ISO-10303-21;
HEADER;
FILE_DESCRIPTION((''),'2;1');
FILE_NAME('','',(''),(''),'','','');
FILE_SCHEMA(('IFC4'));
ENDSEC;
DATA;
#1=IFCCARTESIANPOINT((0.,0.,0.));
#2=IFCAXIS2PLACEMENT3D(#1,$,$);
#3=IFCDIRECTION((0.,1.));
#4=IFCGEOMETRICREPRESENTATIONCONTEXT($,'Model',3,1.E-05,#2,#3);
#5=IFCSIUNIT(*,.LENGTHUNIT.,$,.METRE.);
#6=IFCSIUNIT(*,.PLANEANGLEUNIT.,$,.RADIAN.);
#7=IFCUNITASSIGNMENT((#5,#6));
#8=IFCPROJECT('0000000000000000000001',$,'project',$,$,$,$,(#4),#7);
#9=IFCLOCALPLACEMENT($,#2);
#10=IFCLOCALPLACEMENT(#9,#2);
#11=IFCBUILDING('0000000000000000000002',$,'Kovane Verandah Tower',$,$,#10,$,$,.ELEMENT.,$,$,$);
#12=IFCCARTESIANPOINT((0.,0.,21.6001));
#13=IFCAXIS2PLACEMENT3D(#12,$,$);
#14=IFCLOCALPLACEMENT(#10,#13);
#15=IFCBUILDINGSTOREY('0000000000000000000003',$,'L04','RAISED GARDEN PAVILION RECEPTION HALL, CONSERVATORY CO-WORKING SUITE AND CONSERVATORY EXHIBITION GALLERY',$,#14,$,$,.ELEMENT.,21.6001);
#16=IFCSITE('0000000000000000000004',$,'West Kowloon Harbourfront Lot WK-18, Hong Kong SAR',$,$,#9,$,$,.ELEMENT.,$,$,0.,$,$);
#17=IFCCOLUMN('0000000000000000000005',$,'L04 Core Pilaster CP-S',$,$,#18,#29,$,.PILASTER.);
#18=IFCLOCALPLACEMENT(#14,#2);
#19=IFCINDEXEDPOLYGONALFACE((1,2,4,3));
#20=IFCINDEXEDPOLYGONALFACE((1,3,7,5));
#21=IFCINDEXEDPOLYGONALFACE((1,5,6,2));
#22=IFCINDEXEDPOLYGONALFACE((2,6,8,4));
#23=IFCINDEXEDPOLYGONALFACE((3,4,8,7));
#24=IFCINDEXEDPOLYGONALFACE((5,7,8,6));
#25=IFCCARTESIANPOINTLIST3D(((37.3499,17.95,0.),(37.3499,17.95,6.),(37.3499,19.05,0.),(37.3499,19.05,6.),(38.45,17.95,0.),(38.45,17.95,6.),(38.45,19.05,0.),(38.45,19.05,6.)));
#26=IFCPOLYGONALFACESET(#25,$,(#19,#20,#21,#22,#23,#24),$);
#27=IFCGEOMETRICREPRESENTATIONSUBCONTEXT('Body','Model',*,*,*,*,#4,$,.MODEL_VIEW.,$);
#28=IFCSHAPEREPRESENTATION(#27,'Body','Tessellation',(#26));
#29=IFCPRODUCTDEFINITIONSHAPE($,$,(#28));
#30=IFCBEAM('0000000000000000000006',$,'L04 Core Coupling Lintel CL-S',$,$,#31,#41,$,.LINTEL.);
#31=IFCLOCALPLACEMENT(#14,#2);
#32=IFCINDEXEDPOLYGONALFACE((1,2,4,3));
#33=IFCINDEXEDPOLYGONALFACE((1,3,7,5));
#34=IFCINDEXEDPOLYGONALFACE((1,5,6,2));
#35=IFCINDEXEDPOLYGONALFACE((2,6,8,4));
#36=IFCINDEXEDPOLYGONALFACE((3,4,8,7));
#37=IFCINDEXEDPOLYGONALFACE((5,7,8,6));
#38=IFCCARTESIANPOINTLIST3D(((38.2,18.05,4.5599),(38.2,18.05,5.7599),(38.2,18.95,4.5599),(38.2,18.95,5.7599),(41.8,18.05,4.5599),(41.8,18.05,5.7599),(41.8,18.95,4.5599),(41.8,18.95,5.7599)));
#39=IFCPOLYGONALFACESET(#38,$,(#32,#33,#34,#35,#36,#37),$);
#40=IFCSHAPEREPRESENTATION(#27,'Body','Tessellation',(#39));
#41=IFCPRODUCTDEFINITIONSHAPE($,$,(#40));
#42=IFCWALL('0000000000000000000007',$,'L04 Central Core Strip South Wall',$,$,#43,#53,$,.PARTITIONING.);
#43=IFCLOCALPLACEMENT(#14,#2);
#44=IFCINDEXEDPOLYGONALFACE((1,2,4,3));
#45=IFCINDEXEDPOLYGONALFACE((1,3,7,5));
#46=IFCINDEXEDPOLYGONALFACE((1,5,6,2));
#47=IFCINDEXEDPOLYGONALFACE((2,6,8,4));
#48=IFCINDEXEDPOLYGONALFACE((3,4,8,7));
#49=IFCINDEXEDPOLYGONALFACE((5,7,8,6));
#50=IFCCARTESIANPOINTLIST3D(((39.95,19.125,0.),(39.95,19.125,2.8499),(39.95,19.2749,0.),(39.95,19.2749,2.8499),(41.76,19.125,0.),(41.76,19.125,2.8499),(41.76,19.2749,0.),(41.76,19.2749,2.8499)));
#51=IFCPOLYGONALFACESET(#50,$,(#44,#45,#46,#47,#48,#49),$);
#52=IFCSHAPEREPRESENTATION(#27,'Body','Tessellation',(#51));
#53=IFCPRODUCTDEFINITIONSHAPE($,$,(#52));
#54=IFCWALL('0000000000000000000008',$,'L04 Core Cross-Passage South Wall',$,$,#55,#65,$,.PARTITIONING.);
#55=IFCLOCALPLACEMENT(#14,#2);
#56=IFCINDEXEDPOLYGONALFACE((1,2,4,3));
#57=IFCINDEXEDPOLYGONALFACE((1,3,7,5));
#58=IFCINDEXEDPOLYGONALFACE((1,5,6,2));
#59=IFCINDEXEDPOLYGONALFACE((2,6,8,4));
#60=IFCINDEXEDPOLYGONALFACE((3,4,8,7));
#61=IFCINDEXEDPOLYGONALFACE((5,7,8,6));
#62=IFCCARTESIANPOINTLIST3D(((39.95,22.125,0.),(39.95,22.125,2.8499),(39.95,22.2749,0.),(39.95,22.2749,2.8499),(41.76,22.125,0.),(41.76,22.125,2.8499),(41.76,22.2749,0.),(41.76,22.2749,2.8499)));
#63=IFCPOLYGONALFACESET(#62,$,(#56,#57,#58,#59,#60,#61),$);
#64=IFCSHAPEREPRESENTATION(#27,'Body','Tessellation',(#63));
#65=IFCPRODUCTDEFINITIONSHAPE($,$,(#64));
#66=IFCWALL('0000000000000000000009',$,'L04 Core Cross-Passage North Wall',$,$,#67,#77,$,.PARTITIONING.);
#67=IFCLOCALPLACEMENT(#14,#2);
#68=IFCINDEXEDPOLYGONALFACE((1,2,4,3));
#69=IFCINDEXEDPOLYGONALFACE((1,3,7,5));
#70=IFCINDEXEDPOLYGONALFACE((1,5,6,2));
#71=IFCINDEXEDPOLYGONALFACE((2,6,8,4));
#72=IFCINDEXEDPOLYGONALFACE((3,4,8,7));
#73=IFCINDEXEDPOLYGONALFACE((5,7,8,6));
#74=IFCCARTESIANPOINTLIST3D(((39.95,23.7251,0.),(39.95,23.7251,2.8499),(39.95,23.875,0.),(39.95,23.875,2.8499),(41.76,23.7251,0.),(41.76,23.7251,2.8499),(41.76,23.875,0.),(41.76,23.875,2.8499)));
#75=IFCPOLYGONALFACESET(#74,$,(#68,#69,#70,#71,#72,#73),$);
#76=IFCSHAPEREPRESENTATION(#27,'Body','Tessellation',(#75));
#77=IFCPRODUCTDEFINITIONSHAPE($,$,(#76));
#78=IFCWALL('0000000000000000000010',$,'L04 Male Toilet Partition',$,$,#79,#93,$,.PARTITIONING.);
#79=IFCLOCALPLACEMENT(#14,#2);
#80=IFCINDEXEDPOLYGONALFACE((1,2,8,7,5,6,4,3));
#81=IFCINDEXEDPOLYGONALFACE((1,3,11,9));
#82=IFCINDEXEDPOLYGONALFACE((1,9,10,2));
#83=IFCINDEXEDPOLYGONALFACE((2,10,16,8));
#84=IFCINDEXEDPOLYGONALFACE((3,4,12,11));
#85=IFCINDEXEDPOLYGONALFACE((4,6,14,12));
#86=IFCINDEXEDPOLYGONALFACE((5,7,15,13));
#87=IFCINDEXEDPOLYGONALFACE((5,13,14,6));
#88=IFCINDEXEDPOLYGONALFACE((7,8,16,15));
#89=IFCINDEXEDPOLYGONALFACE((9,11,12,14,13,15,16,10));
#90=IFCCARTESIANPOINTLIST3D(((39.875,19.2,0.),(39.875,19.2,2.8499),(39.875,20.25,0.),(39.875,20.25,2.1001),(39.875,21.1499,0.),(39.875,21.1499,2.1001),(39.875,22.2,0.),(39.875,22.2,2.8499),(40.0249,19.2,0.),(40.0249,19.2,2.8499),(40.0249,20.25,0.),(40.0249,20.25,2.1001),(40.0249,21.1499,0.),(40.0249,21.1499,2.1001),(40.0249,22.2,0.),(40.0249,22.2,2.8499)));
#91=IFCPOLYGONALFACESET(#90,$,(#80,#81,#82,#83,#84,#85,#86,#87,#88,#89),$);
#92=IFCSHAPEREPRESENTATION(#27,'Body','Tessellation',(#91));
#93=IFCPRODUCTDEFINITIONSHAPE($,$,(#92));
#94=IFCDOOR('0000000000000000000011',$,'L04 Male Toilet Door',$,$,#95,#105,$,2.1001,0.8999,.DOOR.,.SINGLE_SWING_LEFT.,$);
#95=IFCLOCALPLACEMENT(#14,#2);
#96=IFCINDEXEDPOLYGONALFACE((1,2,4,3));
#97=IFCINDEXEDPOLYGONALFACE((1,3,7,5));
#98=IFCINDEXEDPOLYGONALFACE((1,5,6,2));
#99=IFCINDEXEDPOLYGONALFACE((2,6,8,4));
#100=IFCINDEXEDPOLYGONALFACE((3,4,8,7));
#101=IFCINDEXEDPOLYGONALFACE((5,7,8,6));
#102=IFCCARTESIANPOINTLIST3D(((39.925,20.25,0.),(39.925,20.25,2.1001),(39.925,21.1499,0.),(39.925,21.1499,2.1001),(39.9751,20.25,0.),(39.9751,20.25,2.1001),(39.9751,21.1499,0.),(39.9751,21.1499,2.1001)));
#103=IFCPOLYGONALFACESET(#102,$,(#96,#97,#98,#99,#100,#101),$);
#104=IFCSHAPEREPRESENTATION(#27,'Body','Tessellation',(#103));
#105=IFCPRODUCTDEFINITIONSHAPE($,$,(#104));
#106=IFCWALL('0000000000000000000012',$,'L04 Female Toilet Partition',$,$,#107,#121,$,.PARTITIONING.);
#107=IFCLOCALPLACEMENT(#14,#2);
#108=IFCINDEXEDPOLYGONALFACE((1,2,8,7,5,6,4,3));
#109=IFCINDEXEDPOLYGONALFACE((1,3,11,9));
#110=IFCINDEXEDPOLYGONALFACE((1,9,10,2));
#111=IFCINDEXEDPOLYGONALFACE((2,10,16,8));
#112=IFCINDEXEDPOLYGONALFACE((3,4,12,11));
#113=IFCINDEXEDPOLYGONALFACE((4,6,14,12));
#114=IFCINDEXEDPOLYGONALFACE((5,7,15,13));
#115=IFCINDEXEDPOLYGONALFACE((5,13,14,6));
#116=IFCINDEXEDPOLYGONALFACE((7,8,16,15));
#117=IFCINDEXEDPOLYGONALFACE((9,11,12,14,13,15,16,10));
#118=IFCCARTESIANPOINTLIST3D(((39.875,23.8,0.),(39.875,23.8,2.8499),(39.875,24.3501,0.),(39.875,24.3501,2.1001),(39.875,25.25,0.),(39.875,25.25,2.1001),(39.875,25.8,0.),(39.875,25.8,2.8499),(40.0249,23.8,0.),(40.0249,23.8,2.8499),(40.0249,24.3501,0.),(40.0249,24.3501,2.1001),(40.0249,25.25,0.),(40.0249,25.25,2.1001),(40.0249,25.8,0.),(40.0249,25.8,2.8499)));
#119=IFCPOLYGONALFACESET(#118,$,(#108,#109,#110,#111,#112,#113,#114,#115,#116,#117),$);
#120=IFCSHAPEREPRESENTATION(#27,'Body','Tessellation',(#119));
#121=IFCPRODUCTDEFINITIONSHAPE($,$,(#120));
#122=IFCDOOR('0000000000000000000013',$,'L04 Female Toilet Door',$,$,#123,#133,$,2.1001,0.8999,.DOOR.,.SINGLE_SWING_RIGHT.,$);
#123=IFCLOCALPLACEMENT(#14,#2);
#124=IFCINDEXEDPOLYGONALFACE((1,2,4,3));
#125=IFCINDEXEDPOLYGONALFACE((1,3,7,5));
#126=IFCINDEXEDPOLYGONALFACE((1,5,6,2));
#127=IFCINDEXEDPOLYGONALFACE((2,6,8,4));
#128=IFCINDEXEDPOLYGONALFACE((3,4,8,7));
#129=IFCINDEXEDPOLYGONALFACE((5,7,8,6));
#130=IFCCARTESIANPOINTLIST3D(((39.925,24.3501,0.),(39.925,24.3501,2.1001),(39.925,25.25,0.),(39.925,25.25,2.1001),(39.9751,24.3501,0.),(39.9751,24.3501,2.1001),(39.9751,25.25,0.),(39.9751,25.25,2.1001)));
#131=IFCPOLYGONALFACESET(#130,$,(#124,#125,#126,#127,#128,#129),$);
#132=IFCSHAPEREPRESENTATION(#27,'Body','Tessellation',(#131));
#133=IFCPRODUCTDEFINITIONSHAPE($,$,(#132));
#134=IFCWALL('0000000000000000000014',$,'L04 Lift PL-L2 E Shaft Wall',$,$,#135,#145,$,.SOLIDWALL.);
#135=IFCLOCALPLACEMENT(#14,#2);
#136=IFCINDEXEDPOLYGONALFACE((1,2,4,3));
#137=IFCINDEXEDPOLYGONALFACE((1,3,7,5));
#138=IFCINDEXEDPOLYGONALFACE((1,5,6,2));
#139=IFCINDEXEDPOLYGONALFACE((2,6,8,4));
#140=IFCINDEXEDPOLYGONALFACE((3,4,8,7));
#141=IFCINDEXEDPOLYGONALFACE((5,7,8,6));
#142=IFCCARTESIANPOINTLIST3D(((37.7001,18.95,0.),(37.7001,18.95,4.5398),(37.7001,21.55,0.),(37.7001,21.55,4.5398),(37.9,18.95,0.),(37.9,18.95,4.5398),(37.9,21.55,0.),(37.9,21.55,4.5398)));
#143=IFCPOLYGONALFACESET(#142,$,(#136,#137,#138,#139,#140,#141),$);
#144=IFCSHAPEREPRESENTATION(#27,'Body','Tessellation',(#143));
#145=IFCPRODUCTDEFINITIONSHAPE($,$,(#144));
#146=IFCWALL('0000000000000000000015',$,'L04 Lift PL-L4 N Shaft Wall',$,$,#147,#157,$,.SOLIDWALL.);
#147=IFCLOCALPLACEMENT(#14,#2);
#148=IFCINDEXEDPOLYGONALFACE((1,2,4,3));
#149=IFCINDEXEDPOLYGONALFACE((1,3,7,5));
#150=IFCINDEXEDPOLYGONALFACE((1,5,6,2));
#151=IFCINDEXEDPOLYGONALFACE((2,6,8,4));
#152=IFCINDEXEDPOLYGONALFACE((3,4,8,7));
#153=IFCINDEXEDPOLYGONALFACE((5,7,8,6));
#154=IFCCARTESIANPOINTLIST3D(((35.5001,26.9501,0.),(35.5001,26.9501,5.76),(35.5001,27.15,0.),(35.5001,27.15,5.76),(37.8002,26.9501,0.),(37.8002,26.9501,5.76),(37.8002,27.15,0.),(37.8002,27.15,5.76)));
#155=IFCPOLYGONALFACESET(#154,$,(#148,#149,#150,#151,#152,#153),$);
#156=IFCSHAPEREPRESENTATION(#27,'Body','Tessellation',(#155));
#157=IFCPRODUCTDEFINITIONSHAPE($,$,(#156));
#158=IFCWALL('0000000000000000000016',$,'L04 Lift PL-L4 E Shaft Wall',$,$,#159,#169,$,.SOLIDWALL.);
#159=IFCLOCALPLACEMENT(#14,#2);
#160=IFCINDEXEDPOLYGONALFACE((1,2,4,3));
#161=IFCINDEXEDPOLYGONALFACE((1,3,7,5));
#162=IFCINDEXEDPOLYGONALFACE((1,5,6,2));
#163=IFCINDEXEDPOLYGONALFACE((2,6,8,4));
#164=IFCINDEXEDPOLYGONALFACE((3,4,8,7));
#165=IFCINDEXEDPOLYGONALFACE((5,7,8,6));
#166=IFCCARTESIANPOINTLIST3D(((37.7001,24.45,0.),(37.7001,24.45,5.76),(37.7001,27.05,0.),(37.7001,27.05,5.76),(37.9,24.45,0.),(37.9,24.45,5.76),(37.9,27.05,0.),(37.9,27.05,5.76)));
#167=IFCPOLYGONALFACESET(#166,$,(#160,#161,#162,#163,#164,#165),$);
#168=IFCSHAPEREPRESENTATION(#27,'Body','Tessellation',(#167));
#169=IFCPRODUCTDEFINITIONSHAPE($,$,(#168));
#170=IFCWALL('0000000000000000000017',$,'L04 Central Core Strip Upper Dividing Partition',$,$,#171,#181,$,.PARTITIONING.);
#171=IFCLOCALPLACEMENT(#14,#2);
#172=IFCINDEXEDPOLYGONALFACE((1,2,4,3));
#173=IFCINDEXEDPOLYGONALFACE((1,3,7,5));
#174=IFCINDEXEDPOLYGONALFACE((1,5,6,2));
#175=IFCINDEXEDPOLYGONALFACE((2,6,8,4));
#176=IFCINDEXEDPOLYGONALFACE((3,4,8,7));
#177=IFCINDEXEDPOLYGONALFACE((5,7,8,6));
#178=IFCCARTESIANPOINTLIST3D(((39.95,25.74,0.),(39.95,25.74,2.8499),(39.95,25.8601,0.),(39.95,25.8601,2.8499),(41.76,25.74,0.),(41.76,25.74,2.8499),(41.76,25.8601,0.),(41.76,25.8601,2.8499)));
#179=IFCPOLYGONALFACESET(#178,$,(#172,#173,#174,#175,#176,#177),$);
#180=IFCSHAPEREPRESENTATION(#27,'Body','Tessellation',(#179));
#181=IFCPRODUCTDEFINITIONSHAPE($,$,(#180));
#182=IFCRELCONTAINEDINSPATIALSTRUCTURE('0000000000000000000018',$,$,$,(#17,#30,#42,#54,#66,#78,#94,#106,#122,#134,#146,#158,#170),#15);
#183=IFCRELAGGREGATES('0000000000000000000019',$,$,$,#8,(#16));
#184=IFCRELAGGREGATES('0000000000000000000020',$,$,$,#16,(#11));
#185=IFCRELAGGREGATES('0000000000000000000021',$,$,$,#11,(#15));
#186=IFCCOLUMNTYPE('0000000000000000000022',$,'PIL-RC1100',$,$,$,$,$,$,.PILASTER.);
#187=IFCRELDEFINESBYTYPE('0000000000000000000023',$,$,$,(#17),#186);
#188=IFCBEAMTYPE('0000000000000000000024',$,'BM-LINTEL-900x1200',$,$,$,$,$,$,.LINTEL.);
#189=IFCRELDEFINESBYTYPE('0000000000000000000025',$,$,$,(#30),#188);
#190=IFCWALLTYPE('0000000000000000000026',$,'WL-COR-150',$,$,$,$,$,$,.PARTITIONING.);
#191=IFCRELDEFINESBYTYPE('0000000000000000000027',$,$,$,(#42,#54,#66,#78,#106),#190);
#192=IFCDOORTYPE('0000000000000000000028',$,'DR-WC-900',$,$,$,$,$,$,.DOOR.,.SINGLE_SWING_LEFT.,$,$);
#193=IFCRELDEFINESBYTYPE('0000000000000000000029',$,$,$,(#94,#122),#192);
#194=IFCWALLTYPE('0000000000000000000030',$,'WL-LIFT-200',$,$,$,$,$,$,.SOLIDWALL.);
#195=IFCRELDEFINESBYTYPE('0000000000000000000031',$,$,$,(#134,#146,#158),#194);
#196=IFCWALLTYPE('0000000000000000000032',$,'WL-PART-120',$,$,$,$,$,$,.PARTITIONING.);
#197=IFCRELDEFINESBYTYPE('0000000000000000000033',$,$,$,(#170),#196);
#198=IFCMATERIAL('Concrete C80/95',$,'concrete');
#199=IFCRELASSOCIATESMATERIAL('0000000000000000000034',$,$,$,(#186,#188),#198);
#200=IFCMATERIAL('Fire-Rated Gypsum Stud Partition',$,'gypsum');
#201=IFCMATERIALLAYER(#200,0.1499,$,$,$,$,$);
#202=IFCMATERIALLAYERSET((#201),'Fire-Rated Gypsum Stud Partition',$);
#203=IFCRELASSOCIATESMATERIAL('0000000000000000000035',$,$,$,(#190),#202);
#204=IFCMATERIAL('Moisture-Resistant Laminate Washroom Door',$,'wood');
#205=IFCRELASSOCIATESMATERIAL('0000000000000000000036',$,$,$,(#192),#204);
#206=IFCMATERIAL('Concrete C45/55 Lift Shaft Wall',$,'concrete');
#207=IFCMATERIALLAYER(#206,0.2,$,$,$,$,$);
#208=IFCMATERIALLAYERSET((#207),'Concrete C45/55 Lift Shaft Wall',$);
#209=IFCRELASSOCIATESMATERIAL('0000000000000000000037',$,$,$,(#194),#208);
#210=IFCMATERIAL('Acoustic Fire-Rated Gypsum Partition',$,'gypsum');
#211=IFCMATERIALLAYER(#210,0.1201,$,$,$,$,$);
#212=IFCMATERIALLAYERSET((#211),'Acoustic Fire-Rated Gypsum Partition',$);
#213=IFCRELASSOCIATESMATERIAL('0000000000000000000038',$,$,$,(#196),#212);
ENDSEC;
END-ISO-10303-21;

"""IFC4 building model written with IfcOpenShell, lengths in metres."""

from ifc_helpers import new_model, si_unit, direction, frame, frame_2d, origin, origin_2d, place, context, subcontext, project, spatial, rectangle, extrude, material, layer, layer_set, material_profile, profile_set, type_object, element, fill, save


model = new_model("IFC4")

# Units and contexts
model_context = context("Model", 3, precision=1e-05, world=origin(), true_north=direction((0.0, 1.0)))
body_context = subcontext(model_context, "Body", "Model", "MODEL_VIEW")
ifc_project = project(units=[si_unit("LENGTHUNIT", "METRE"), si_unit("PLANEANGLEUNIT", "RADIAN")], contexts=[model_context])

# Site, building, storey
site_placement = place(None, origin())
site = spatial("IfcSite", under=ifc_project, at=site_placement, Name="West Kowloon Harbourfront Lot WK-18, Hong Kong SAR", CompositionType="ELEMENT", RefElevation=0.0)
building_placement = place(site_placement, origin())
building = spatial("IfcBuilding", under=site, at=building_placement, Name="Kovane Verandah Tower", CompositionType="ELEMENT")
storey_placement = place(building_placement, frame((0.0, 0.0, 21.6001)))
storey = spatial("IfcBuildingStorey", under=building, at=storey_placement, Name="L04", Description="RAISED GARDEN PAVILION RECEPTION HALL, CONSERVATORY CO-WORKING SUITE AND CONSERVATORY EXHIBITION GALLERY", CompositionType="ELEMENT", Elevation=21.6001)

# Column
ifc_material_1 = material(Name="Concrete C80/95", Category="concrete")
ifc_material_profile_1 = material_profile(ifc_material_1, rectangle(XDim=1.1001, YDim=1.1001, at=origin_2d()), Name="RC1100x1100")
ifc_profile_set_1 = profile_set([ifc_material_profile_1], Name="Concrete C80/95")
column_type = type_object("IfcColumnType", Name="PIL-RC1100", PredefinedType="PILASTER", material=ifc_profile_set_1)
column_placement = place(storey_placement, frame((37.8999, 18.5, 0.0), z_axis=(0.0, 0.0, 1.0), x_axis=(1.0, 0.0, 0.0)))
element("IfcColumn", 1, at=column_placement, inside=storey, type_object=column_type, Name="L04 Core Pilaster CP-S", PredefinedType="PILASTER", context=body_context, shape_type="SweptSolid", body=[
    extrude(rectangle(XDim=1.1001, YDim=1.1001, at=origin_2d()), origin(), (0.0, 0.0, 1.0), 6.0),
])

# Beam
ifc_material_profile_2 = material_profile(ifc_material_1, rectangle(XDim=0.8999, YDim=1.2, at=origin_2d()), Name="RCB900x1200")
ifc_profile_set_2 = profile_set([ifc_material_profile_2], Name="Concrete C80/95")
beam_type = type_object("IfcBeamType", Name="BM-LINTEL-900x1200", PredefinedType="LINTEL", material=ifc_profile_set_2)
beam_placement = place(storey_placement, frame((38.2, 18.5, 5.1599), z_axis=(1.0, 0.0, 0.0), x_axis=(0.0, 1.0, 0.0)))
element("IfcBeam", 2, at=beam_placement, inside=storey, type_object=beam_type, Name="L04 Core Coupling Lintel CL-S", PredefinedType="LINTEL", context=body_context, shape_type="SweptSolid", body=[
    extrude(rectangle(XDim=0.8999, YDim=1.2, at=origin_2d()), origin(), (0.0, 0.0, 1.0), 3.6001),
])

# Walls
ifc_material_2 = material(Name="Fire-Rated Gypsum Stud Partition", Category="gypsum")
ifc_layer_1 = layer(ifc_material_2, 0.1499)
ifc_layer_set_1 = layer_set([ifc_layer_1], Name="Fire-Rated Gypsum Stud Partition")
wall_type_1 = type_object("IfcWallType", Name="WL-COR-150", PredefinedType="PARTITIONING", material=ifc_layer_set_1)
for number, where, z_axis, x_axis, name in (
    (3, (39.95, 19.2, 0.0), (0.0, 0.0, 1.0), (1.0, 0.0, 0.0), "L04 Central Core Strip South Wall"),
    (4, (39.95, 22.2, 0.0), (0.0, 0.0, 1.0), (1.0, 0.0, 0.0), "L04 Core Cross-Passage South Wall"),
    (5, (39.95, 23.8, 0.0), (0.0, 0.0, 1.0), (1.0, 0.0, 0.0), "L04 Core Cross-Passage North Wall"),
):
    element("IfcWall", number, at=place(storey_placement, frame(where, z_axis=z_axis, x_axis=x_axis)), inside=storey, type_object=wall_type_1, Name=name, PredefinedType="PARTITIONING", context=body_context, shape_type="SweptSolid", body=[
        extrude(rectangle(XDim=1.8101, YDim=0.1499, at=frame_2d((0.905, 0.0))), origin(), (0.0, 0.0, 1.0), 2.8499),
    ])

# Walls, openings, doors
wall_1_placement = place(storey_placement, frame((39.95, 19.2, 0.0), z_axis=(0.0, 0.0, 1.0), x_axis=(0.0, 1.0, 0.0)))
wall_1 = element("IfcWall", 6, at=wall_1_placement, inside=storey, type_object=wall_type_1, Name="L04 Male Toilet Partition", PredefinedType="PARTITIONING", context=body_context, shape_type="SweptSolid", body=[
    extrude(rectangle(XDim=3.0, YDim=0.1499, at=frame_2d((1.5, 0.0))), origin(), (0.0, 0.0, 1.0), 2.8499),
])
opening_1_placement = place(wall_1_placement, frame((1.05, 0.0, 0.0)))
opening_1 = element("IfcOpeningElement", 7, at=opening_1_placement, cuts=wall_1, PredefinedType="OPENING", context=body_context, shape_type="SweptSolid", body=[
    extrude(rectangle(XDim=0.8999, YDim=2.1001, at=frame_2d((0.45, 1.05))), frame((0.0, 0.075, 0.0), z_axis=(0.0, -1.0, 0.0), x_axis=(1.0, 0.0, 0.0)), (0.0, 0.0, 1.0), 0.1499),
])
ifc_material_3 = material(Name="Moisture-Resistant Laminate Washroom Door", Category="wood")
door_type_1 = type_object("IfcDoorType", Name="DR-WC-900", OperationType="SINGLE_SWING_LEFT", PredefinedType="DOOR", material=ifc_material_3)
door_1_placement = place(opening_1_placement, origin())
door_1 = element("IfcDoor", 8, at=door_1_placement, inside=storey, type_object=door_type_1, Name="L04 Male Toilet Door", OperationType="SINGLE_SWING_LEFT", OverallHeight=2.1001, OverallWidth=0.8999, PredefinedType="DOOR", context=body_context, shape_type="SweptSolid", body=[
    extrude(rectangle(XDim=0.8999, YDim=2.1001, at=frame_2d((0.45, 1.05))), frame((0.0, 0.0249, 0.0), z_axis=(0.0, -1.0, 0.0), x_axis=(1.0, 0.0, 0.0)), (0.0, 0.0, 1.0), 0.05),
])
fill(opening_1, door_1)
wall_2_placement = place(storey_placement, frame((39.95, 23.8, 0.0), z_axis=(0.0, 0.0, 1.0), x_axis=(0.0, 1.0, 0.0)))
wall_2 = element("IfcWall", 9, at=wall_2_placement, inside=storey, type_object=wall_type_1, Name="L04 Female Toilet Partition", PredefinedType="PARTITIONING", context=body_context, shape_type="SweptSolid", body=[
    extrude(rectangle(XDim=2.0, YDim=0.1499, at=frame_2d((1.0, 0.0))), origin(), (0.0, 0.0, 1.0), 2.8499),
])
opening_2_placement = place(wall_2_placement, frame((0.55, 0.0, 0.0)))
opening_2 = element("IfcOpeningElement", 10, at=opening_2_placement, cuts=wall_2, PredefinedType="OPENING", context=body_context, shape_type="SweptSolid", body=[
    extrude(rectangle(XDim=0.8999, YDim=2.1001, at=frame_2d((0.45, 1.05))), frame((0.0, 0.075, 0.0), z_axis=(0.0, -1.0, 0.0), x_axis=(1.0, 0.0, 0.0)), (0.0, 0.0, 1.0), 0.1499),
])
door_2_placement = place(opening_2_placement, origin())
door_2 = element("IfcDoor", 11, at=door_2_placement, inside=storey, type_object=door_type_1, Name="L04 Female Toilet Door", OperationType="SINGLE_SWING_RIGHT", OverallHeight=2.1001, OverallWidth=0.8999, PredefinedType="DOOR", context=body_context, shape_type="SweptSolid", body=[
    extrude(rectangle(XDim=0.8999, YDim=2.1001, at=frame_2d((0.45, 1.05))), frame((0.0, 0.0249, 0.0), z_axis=(0.0, -1.0, 0.0), x_axis=(1.0, 0.0, 0.0)), (0.0, 0.0, 1.0), 0.05),
])
fill(opening_2, door_2)
ifc_material_4 = material(Name="Concrete C45/55 Lift Shaft Wall", Category="concrete")
ifc_layer_2 = layer(ifc_material_4, 0.2)
ifc_layer_set_2 = layer_set([ifc_layer_2], Name="Concrete C45/55 Lift Shaft Wall")
wall_type_2 = type_object("IfcWallType", Name="WL-LIFT-200", PredefinedType="SOLIDWALL", material=ifc_layer_set_2)

# Wall
wall_3_placement = place(storey_placement, frame((37.8, 18.95, 0.0), z_axis=(0.0, 0.0, 1.0), x_axis=(0.0, 1.0, 0.0)))
element("IfcWall", 12, at=wall_3_placement, inside=storey, type_object=wall_type_2, Name="L04 Lift PL-L2 E Shaft Wall", PredefinedType="SOLIDWALL", context=body_context, shape_type="SweptSolid", body=[
    extrude(rectangle(XDim=2.6001, YDim=0.2, at=frame_2d((1.3, 0.0))), origin(), (0.0, 0.0, 1.0), 4.5398),
])

# Walls
wall_4_placement = place(storey_placement, frame((37.8, 27.05, 0.0), z_axis=(0.0, 0.0, 1.0), x_axis=(-1.0, 0.0, 0.0)))
element("IfcWall", 13, at=wall_4_placement, inside=storey, type_object=wall_type_2, Name="L04 Lift PL-L4 N Shaft Wall", PredefinedType="SOLIDWALL", context=body_context, shape_type="SweptSolid", body=[
    extrude(rectangle(XDim=2.3, YDim=0.2, at=frame_2d((1.1499, 0.0))), origin(), (0.0, 0.0, 1.0), 5.76),
])
wall_5_placement = place(storey_placement, frame((37.8, 24.45, 0.0), z_axis=(0.0, 0.0, 1.0), x_axis=(0.0, 1.0, 0.0)))
element("IfcWall", 14, at=wall_5_placement, inside=storey, type_object=wall_type_2, Name="L04 Lift PL-L4 E Shaft Wall", PredefinedType="SOLIDWALL", context=body_context, shape_type="SweptSolid", body=[
    extrude(rectangle(XDim=2.6001, YDim=0.2, at=frame_2d((1.3, 0.0))), origin(), (0.0, 0.0, 1.0), 5.76),
])
ifc_material_5 = material(Name="Acoustic Fire-Rated Gypsum Partition", Category="gypsum")
ifc_layer_3 = layer(ifc_material_5, 0.1201)
ifc_layer_set_3 = layer_set([ifc_layer_3], Name="Acoustic Fire-Rated Gypsum Partition")
wall_type_3 = type_object("IfcWallType", Name="WL-PART-120", PredefinedType="PARTITIONING", material=ifc_layer_set_3)
wall_6_placement = place(storey_placement, frame((39.95, 25.8, 0.0), z_axis=(0.0, 0.0, 1.0), x_axis=(1.0, 0.0, 0.0)))
element("IfcWall", 15, at=wall_6_placement, inside=storey, type_object=wall_type_3, Name="L04 Central Core Strip Upper Dividing Partition", PredefinedType="PARTITIONING", context=body_context, shape_type="SweptSolid", body=[
    extrude(rectangle(XDim=1.8101, YDim=0.1201, at=frame_2d((0.905, 0.0))), origin(), (0.0, 0.0, 1.0), 2.8499),
])

save(model, "model.ifc")
